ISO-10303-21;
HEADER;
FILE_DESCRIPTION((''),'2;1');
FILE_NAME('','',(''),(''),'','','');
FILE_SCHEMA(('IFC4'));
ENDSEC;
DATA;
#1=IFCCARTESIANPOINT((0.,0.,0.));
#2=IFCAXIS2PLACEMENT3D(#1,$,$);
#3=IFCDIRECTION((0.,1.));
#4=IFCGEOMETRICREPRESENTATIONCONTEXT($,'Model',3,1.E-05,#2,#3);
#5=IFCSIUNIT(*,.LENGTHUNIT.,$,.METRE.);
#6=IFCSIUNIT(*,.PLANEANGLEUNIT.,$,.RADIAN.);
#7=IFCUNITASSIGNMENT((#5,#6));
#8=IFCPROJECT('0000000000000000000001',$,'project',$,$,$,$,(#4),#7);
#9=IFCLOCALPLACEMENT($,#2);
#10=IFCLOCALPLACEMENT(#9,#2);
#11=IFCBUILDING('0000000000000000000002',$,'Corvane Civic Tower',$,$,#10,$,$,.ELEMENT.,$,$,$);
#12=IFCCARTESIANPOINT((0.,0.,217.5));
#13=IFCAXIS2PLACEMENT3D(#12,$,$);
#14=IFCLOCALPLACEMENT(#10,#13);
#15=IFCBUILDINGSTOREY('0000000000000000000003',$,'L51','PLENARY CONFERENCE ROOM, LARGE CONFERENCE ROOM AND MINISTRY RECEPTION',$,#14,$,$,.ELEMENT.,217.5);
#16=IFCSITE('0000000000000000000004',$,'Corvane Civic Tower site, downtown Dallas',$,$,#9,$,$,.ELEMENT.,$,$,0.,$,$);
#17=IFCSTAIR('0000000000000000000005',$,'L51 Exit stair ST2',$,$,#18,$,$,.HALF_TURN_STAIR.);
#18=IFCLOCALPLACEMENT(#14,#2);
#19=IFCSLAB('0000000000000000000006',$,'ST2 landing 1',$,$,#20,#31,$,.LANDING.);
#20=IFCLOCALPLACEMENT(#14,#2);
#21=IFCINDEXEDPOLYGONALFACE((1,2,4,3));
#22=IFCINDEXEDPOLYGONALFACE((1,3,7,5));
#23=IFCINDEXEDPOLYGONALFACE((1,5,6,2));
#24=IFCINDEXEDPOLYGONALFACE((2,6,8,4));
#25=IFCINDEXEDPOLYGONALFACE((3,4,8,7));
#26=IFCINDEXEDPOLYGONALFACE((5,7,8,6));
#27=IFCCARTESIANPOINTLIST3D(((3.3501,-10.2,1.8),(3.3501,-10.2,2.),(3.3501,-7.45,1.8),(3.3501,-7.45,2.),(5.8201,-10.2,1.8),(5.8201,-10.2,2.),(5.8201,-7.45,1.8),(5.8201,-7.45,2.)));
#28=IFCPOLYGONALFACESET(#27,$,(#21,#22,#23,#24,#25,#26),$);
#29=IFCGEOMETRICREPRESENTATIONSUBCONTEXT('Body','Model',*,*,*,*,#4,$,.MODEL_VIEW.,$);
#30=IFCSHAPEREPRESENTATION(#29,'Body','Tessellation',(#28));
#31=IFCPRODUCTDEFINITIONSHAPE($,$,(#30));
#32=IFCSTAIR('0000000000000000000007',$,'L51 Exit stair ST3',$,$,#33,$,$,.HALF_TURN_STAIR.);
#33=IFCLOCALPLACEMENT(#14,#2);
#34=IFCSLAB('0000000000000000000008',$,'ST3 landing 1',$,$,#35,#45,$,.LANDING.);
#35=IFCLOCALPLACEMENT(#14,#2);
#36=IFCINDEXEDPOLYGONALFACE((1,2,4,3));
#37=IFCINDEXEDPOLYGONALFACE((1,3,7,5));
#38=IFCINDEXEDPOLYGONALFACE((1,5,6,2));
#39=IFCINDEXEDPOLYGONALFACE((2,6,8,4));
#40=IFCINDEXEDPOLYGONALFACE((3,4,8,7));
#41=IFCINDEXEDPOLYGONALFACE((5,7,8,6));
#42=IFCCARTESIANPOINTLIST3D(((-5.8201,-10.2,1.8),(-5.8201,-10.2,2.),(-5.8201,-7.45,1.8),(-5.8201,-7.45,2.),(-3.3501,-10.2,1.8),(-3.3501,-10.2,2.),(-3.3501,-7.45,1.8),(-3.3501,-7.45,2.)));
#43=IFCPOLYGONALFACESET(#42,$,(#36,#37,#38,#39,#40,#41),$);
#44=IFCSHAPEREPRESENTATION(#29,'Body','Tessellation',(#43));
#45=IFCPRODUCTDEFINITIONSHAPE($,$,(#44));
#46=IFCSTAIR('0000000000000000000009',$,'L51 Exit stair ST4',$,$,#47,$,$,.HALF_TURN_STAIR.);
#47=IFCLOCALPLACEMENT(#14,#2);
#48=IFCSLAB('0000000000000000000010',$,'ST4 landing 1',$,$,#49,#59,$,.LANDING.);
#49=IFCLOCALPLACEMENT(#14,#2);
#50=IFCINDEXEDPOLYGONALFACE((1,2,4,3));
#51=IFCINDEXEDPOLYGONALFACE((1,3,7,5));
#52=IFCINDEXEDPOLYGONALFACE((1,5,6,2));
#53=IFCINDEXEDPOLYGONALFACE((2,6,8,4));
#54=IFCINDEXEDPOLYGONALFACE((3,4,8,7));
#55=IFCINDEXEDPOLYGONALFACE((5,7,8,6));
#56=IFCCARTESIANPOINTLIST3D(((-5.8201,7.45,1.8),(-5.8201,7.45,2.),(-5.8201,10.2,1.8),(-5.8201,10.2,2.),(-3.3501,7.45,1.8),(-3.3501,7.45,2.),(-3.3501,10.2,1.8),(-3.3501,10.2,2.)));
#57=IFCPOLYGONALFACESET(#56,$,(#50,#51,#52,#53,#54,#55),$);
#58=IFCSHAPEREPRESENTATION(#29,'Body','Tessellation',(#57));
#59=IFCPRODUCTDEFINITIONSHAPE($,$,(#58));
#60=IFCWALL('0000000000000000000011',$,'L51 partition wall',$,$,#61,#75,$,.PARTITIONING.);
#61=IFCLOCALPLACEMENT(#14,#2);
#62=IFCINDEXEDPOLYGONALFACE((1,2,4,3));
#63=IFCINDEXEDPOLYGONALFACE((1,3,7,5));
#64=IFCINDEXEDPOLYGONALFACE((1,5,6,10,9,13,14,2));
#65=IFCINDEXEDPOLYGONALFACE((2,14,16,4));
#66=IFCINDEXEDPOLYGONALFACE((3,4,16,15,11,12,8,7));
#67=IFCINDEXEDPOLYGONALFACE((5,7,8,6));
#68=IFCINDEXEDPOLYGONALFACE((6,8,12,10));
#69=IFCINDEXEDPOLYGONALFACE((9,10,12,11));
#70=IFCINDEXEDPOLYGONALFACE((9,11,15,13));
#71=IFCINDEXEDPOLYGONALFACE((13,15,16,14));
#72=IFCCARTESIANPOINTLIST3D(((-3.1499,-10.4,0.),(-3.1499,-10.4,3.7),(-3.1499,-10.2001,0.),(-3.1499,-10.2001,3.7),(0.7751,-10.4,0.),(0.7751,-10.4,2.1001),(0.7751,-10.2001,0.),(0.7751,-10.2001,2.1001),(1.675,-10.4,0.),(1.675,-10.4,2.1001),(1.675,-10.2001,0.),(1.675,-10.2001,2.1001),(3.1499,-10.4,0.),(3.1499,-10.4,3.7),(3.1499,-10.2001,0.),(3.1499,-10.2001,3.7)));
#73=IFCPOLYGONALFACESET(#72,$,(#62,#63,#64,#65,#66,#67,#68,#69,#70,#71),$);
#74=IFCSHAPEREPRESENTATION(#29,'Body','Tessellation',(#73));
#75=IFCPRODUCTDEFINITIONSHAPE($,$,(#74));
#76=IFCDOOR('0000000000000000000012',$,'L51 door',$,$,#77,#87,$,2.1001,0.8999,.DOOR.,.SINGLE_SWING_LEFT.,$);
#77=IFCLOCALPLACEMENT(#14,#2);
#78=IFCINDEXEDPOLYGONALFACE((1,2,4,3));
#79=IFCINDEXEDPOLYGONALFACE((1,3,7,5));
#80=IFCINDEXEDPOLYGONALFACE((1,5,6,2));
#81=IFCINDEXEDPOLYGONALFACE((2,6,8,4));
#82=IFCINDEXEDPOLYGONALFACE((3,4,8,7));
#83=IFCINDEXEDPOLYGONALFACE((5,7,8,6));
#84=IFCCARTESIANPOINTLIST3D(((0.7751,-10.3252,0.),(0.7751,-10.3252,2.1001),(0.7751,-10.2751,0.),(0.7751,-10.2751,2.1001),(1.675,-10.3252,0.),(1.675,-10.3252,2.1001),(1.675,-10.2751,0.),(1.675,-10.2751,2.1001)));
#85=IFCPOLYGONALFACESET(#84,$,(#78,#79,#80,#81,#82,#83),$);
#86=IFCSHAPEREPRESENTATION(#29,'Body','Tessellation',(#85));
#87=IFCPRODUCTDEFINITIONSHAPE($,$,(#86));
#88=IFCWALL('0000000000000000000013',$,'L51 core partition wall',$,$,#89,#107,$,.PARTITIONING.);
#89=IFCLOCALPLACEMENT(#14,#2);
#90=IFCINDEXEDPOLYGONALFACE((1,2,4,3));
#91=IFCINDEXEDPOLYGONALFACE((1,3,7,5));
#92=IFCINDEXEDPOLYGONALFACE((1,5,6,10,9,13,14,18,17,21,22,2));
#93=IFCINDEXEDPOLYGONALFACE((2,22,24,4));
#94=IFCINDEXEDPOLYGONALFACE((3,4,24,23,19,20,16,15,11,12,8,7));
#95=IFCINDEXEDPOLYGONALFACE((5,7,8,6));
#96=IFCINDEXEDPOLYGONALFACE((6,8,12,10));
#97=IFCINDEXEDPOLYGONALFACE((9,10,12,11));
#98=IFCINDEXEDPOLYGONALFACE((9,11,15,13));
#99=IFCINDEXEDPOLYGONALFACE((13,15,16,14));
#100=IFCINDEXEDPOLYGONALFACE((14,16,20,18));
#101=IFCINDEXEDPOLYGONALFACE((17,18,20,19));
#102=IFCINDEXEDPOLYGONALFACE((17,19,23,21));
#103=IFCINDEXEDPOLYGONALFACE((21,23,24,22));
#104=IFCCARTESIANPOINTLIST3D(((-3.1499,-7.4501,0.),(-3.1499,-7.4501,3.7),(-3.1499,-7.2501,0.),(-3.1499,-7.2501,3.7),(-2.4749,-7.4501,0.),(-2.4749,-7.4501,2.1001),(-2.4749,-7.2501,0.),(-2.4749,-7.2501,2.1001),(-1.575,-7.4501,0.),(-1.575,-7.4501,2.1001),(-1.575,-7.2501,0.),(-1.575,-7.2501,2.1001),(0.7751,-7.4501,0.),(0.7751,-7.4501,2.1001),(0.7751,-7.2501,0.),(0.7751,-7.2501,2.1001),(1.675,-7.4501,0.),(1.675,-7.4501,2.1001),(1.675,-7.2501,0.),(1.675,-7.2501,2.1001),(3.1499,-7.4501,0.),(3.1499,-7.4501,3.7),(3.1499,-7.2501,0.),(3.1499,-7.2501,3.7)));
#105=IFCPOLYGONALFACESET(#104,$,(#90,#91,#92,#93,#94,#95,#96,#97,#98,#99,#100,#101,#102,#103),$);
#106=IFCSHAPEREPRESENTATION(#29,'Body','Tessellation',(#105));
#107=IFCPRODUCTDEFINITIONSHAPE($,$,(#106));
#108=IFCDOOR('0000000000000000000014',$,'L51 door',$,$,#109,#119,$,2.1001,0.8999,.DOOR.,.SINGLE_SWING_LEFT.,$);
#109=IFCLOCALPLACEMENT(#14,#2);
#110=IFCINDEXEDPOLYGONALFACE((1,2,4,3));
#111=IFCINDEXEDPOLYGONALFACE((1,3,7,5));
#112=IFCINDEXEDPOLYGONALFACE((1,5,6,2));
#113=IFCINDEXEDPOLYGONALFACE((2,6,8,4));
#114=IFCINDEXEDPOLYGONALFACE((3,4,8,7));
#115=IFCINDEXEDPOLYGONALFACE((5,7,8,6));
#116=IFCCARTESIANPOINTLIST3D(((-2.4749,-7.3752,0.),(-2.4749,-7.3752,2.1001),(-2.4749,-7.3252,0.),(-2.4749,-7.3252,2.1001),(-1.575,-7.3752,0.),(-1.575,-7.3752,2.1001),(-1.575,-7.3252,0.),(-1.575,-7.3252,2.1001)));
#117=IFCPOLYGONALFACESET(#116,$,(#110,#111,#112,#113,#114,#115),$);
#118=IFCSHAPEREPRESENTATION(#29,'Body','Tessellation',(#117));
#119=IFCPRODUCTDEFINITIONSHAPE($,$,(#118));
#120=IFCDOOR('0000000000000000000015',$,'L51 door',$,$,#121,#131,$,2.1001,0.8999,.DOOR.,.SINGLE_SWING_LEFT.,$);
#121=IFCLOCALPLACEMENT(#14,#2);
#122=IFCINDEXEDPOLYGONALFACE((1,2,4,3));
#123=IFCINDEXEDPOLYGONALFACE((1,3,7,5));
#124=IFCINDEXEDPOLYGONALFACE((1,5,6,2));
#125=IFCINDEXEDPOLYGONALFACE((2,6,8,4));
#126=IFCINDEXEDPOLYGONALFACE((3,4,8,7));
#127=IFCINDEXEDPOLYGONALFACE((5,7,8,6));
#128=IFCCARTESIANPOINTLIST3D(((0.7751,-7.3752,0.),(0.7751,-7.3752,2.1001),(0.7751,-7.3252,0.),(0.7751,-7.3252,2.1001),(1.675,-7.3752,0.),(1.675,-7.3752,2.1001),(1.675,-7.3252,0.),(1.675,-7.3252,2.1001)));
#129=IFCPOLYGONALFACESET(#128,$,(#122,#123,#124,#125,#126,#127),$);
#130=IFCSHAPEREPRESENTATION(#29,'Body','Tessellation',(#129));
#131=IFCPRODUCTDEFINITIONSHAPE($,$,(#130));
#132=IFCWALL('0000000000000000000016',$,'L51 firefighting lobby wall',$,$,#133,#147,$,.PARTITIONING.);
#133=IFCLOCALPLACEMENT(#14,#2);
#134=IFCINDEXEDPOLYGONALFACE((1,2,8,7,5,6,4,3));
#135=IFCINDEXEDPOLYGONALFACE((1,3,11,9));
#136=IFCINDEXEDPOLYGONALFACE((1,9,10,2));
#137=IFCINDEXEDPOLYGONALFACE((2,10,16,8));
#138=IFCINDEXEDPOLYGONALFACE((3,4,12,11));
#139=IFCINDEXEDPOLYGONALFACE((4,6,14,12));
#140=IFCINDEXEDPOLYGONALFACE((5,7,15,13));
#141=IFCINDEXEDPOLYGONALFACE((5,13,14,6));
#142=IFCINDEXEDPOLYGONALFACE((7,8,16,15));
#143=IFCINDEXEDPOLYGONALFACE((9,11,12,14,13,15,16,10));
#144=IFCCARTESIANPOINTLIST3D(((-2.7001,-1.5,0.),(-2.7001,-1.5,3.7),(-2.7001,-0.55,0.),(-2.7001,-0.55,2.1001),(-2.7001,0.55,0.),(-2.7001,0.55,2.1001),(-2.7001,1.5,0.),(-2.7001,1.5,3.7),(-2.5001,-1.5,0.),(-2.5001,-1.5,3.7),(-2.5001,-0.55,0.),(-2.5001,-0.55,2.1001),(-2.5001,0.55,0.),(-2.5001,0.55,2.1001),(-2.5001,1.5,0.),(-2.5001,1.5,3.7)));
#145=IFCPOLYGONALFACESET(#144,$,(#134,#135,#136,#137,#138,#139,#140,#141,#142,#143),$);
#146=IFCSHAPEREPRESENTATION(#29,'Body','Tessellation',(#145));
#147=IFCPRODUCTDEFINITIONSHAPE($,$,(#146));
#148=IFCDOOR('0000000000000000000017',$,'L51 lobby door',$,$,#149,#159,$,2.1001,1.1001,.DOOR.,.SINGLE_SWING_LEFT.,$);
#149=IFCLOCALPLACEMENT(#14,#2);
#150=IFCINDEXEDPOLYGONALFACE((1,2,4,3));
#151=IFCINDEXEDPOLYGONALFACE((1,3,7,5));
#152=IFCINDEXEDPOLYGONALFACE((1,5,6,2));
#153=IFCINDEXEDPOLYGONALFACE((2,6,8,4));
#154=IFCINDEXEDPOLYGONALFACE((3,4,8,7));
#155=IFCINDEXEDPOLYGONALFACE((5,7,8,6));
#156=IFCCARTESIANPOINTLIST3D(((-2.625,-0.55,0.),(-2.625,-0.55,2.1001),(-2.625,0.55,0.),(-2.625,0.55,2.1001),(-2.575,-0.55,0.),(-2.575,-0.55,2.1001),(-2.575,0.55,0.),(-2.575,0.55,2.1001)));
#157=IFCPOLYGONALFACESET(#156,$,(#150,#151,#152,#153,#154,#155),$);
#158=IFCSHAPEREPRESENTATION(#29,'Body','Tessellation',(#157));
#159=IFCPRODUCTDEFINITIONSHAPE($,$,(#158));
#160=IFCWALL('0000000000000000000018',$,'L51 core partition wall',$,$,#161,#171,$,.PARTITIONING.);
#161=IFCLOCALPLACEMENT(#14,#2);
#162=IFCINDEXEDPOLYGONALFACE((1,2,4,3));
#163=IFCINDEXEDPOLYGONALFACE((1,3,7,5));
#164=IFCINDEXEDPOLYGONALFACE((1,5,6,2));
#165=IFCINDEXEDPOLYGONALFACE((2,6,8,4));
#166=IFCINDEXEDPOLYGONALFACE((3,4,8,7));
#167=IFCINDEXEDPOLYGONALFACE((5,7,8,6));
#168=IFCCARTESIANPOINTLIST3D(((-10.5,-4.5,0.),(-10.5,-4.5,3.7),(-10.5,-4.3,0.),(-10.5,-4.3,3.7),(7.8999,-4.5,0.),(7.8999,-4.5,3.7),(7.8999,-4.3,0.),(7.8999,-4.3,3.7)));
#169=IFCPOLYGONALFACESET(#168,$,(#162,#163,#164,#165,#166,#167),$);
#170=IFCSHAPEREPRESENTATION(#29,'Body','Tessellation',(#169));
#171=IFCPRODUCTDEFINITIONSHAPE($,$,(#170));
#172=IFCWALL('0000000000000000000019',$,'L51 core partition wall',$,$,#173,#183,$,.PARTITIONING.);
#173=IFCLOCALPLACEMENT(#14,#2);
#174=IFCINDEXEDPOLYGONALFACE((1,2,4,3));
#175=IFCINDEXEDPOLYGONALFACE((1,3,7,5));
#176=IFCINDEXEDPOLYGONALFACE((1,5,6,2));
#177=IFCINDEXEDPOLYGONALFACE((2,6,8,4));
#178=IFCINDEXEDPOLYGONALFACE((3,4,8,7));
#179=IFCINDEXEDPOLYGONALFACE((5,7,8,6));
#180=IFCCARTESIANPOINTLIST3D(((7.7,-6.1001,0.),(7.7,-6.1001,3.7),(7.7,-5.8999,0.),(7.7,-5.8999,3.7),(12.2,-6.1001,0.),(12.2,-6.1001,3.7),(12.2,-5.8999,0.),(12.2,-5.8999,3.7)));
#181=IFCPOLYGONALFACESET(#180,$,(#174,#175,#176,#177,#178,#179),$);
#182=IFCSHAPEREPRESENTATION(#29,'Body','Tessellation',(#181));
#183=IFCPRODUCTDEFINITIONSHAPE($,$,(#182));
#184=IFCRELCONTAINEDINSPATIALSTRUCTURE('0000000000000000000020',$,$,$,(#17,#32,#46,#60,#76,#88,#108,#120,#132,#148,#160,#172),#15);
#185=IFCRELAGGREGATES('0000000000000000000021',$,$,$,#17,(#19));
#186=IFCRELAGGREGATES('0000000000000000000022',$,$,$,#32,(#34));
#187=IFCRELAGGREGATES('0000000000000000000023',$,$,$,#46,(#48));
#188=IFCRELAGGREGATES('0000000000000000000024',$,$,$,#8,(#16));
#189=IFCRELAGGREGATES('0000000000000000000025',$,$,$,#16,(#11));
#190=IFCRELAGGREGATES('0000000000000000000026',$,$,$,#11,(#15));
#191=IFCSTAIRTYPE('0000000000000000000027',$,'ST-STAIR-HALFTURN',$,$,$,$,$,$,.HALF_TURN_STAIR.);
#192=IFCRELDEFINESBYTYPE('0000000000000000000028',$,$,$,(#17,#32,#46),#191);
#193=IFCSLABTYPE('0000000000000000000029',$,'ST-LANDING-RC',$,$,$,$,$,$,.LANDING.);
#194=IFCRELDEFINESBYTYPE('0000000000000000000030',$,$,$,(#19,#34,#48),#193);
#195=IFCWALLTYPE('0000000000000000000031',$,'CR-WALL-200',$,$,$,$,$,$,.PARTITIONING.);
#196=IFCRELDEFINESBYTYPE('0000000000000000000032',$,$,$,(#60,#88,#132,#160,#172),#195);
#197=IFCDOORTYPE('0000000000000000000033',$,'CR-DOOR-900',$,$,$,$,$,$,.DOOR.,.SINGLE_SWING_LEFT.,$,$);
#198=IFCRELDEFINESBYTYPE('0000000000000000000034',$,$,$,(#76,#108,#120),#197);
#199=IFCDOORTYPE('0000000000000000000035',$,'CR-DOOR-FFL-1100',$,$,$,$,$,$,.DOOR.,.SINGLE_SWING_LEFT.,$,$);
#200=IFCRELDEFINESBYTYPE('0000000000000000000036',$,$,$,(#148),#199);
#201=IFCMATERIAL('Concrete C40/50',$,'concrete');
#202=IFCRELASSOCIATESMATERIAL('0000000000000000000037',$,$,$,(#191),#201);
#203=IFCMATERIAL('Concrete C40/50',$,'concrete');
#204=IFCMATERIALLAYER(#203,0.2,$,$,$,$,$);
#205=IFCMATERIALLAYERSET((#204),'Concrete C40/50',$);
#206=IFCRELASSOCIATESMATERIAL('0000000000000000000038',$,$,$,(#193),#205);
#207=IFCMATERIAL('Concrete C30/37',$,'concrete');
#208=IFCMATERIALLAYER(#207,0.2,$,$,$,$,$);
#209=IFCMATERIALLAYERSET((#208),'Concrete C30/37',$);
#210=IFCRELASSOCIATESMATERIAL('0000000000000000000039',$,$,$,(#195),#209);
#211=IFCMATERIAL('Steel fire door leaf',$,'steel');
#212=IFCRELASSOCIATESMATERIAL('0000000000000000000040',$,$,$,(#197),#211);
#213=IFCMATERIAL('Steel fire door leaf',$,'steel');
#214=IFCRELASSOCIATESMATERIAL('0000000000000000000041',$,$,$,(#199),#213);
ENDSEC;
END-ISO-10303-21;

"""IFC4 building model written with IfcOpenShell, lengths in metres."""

from ifc_helpers import new_model, si_unit, direction, frame, frame_2d, origin, place, context, subcontext, project, spatial, polyline, rectangle, outline, extrude, material, layer, layer_set, type_object, element, fill, aggregate, save


model = new_model("IFC4")

# Units and contexts
model_context = context("Model", 3, precision=1e-05, world=origin(), true_north=direction((0.0, 1.0)))
body_context = subcontext(model_context, "Body", "Model", "MODEL_VIEW")
ifc_project = project(units=[si_unit("LENGTHUNIT", "METRE"), si_unit("PLANEANGLEUNIT", "RADIAN")], contexts=[model_context])

# Site, building, storey
site_placement = place(None, origin())
site = spatial("IfcSite", under=ifc_project, at=site_placement, Name="Corvane Civic Tower site, downtown Dallas", CompositionType="ELEMENT", RefElevation=0.0)
building_placement = place(site_placement, origin())
building = spatial("IfcBuilding", under=site, at=building_placement, Name="Corvane Civic Tower", CompositionType="ELEMENT")
storey_placement = place(building_placement, frame((0.0, 0.0, 217.5)))
storey = spatial("IfcBuildingStorey", under=building, at=storey_placement, Name="L51", Description="PLENARY CONFERENCE ROOM, LARGE CONFERENCE ROOM AND MINISTRY RECEPTION", CompositionType="ELEMENT", Elevation=217.5)

# Stairs, slabs
ifc_material_1 = material(Name="Concrete C40/50", Category="concrete")
stair_type = type_object("IfcStairType", Name="ST-STAIR-HALFTURN", PredefinedType="HALF_TURN_STAIR", material=ifc_material_1)
ifc_material_2 = material(Name="Concrete C40/50", Category="concrete")
ifc_layer_1 = layer(ifc_material_2, 0.2)
ifc_layer_set_1 = layer_set([ifc_layer_1], Name="Concrete C40/50")
slab_type_1 = type_object("IfcSlabType", Name="ST-LANDING-RC", PredefinedType="LANDING", material=ifc_layer_set_1)
stair_1_placement = place(storey_placement, origin())
stair_1 = element("IfcStair", 1, at=stair_1_placement, inside=storey, type_object=stair_type, Name="L51 Exit stair ST2", PredefinedType="HALF_TURN_STAIR")
slab_1_placement = place(storey_placement, frame((0.0, 0.0, 1.8)))
slab_1 = element("IfcSlab", 2, at=slab_1_placement, type_object=slab_type_1, Name="ST2 landing 1", PredefinedType="LANDING", context=body_context, shape_type="SweptSolid", body=[
    extrude(outline(polyline([(5.8201, -7.45), (3.3501, -7.45), (3.3501, -10.2), (5.8201, -10.2), (5.8201, -7.45)])), origin(), (0.0, 0.0, 1.0), 0.2),
])
aggregate(stair_1, [slab_1])
stair_2_placement = place(storey_placement, origin())
stair_2 = element("IfcStair", 3, at=stair_2_placement, inside=storey, type_object=stair_type, Name="L51 Exit stair ST3", PredefinedType="HALF_TURN_STAIR")
slab_2_placement = place(storey_placement, frame((0.0, 0.0, 1.8)))
slab_2 = element("IfcSlab", 4, at=slab_2_placement, type_object=slab_type_1, Name="ST3 landing 1", PredefinedType="LANDING", context=body_context, shape_type="SweptSolid", body=[
    extrude(outline(polyline([(-5.8201, -10.2), (-3.3501, -10.2), (-3.3501, -7.45), (-5.8201, -7.45), (-5.8201, -10.2)])), origin(), (0.0, 0.0, 1.0), 0.2),
])
aggregate(stair_2, [slab_2])
stair_3_placement = place(storey_placement, origin())
stair_3 = element("IfcStair", 5, at=stair_3_placement, inside=storey, type_object=stair_type, Name="L51 Exit stair ST4", PredefinedType="HALF_TURN_STAIR")
slab_3_placement = place(storey_placement, frame((0.0, 0.0, 1.8)))
slab_3 = element("IfcSlab", 6, at=slab_3_placement, type_object=slab_type_1, Name="ST4 landing 1", PredefinedType="LANDING", context=body_context, shape_type="SweptSolid", body=[
    extrude(outline(polyline([(-5.8201, 7.45), (-3.3501, 7.45), (-3.3501, 10.2), (-5.8201, 10.2), (-5.8201, 7.45)])), origin(), (0.0, 0.0, 1.0), 0.2),
])
aggregate(stair_3, [slab_3])

# Wall, opening, door
ifc_material_3 = material(Name="Concrete C30/37", Category="concrete")
ifc_layer_2 = layer(ifc_material_3, 0.2)
ifc_layer_set_2 = layer_set([ifc_layer_2], Name="Concrete C30/37")
wall_type = type_object("IfcWallType", Name="CR-WALL-200", PredefinedType="PARTITIONING", material=ifc_layer_set_2)
wall_1_placement = place(storey_placement, frame((-3.1499, -10.3, 0.0), z_axis=(0.0, 0.0, 1.0), x_axis=(1.0, 0.0, 0.0)))
wall_1 = element("IfcWall", 7, at=wall_1_placement, inside=storey, type_object=wall_type, Name="L51 partition wall", PredefinedType="PARTITIONING", context=body_context, shape_type="SweptSolid", body=[
    extrude(rectangle(XDim=6.2998, YDim=0.2, at=frame_2d((3.1499, 0.0))), origin(), (0.0, 0.0, 1.0), 3.7),
])
opening_1_placement = place(wall_1_placement, frame((3.925, 0.0, 0.0)))
opening_1 = element("IfcOpeningElement", 8, at=opening_1_placement, cuts=wall_1, PredefinedType="OPENING", context=body_context, shape_type="SweptSolid", body=[
    extrude(rectangle(XDim=0.8999, YDim=2.1001, at=frame_2d((0.45, 1.05))), frame((0.0, 0.1099, 0.0), z_axis=(0.0, -1.0, 0.0), x_axis=(1.0, 0.0, 0.0)), (0.0, 0.0, 1.0), 0.22),
])
ifc_material_4 = material(Name="Steel fire door leaf", Category="steel")
door_type_1 = type_object("IfcDoorType", Name="CR-DOOR-900", OperationType="SINGLE_SWING_LEFT", PredefinedType="DOOR", material=ifc_material_4)
door_1_placement = place(opening_1_placement, origin())
door_1 = element("IfcDoor", 9, at=door_1_placement, inside=storey, type_object=door_type_1, Name="L51 door", OperationType="SINGLE_SWING_LEFT", OverallHeight=2.1001, OverallWidth=0.8999, PredefinedType="DOOR", context=body_context, shape_type="SweptSolid", body=[
    extrude(rectangle(XDim=0.8999, YDim=2.1001, at=frame_2d((0.45, 1.05))), frame((0.0, 0.0249, 0.0), z_axis=(0.0, -1.0, 0.0), x_axis=(1.0, 0.0, 0.0)), (0.0, 0.0, 1.0), 0.05),
])
fill(opening_1, door_1)

# Wall, openings, doors
wall_2_placement = place(storey_placement, frame((-3.1499, -7.3501, 0.0), z_axis=(0.0, 0.0, 1.0), x_axis=(1.0, 0.0, 0.0)))
wall_2 = element("IfcWall", 10, at=wall_2_placement, inside=storey, type_object=wall_type, Name="L51 core partition wall", PredefinedType="PARTITIONING", context=body_context, shape_type="SweptSolid", body=[
    extrude(rectangle(XDim=6.2998, YDim=0.2, at=frame_2d((3.1499, 0.0))), origin(), (0.0, 0.0, 1.0), 3.7),
])
opening_2_placement = place(wall_2_placement, frame((0.675, 0.0, 0.0)))
opening_2 = element("IfcOpeningElement", 11, at=opening_2_placement, cuts=wall_2, PredefinedType="OPENING", context=body_context, shape_type="SweptSolid", body=[
    extrude(rectangle(XDim=0.8999, YDim=2.1001, at=frame_2d((0.45, 1.05))), frame((0.0, 0.1099, 0.0), z_axis=(0.0, -1.0, 0.0), x_axis=(1.0, 0.0, 0.0)), (0.0, 0.0, 1.0), 0.22),
])
opening_3_placement = place(wall_2_placement, frame((3.925, 0.0, 0.0)))
opening_3 = element("IfcOpeningElement", 12, at=opening_3_placement, cuts=wall_2, PredefinedType="OPENING", context=body_context, shape_type="SweptSolid", body=[
    extrude(rectangle(XDim=0.8999, YDim=2.1001, at=frame_2d((0.45, 1.05))), frame((0.0, 0.1099, 0.0), z_axis=(0.0, -1.0, 0.0), x_axis=(1.0, 0.0, 0.0)), (0.0, 0.0, 1.0), 0.22),
])
door_2_placement = place(opening_2_placement, origin())
door_2 = element("IfcDoor", 13, at=door_2_placement, inside=storey, type_object=door_type_1, Name="L51 door", OperationType="SINGLE_SWING_LEFT", OverallHeight=2.1001, OverallWidth=0.8999, PredefinedType="DOOR", context=body_context, shape_type="SweptSolid", body=[
    extrude(rectangle(XDim=0.8999, YDim=2.1001, at=frame_2d((0.45, 1.05))), frame((0.0, 0.0249, 0.0), z_axis=(0.0, -1.0, 0.0), x_axis=(1.0, 0.0, 0.0)), (0.0, 0.0, 1.0), 0.05),
])
fill(opening_2, door_2)
door_3_placement = place(opening_3_placement, origin())
door_3 = element("IfcDoor", 14, at=door_3_placement, inside=storey, type_object=door_type_1, Name="L51 door", OperationType="SINGLE_SWING_LEFT", OverallHeight=2.1001, OverallWidth=0.8999, PredefinedType="DOOR", context=body_context, shape_type="SweptSolid", body=[
    extrude(rectangle(XDim=0.8999, YDim=2.1001, at=frame_2d((0.45, 1.05))), frame((0.0, 0.0249, 0.0), z_axis=(0.0, -1.0, 0.0), x_axis=(1.0, 0.0, 0.0)), (0.0, 0.0, 1.0), 0.05),
])
fill(opening_3, door_3)

# Wall, opening, door
wall_3_placement = place(storey_placement, frame((-2.6001, -1.5, 0.0), z_axis=(0.0, 0.0, 1.0), x_axis=(0.0, 1.0, 0.0)))
wall_3 = element("IfcWall", 15, at=wall_3_placement, inside=storey, type_object=wall_type, Name="L51 firefighting lobby wall", PredefinedType="PARTITIONING", context=body_context, shape_type="SweptSolid", body=[
    extrude(rectangle(XDim=3.0, YDim=0.2, at=frame_2d((1.5, 0.0))), origin(), (0.0, 0.0, 1.0), 3.7),
])
opening_4_placement = place(wall_3_placement, frame((0.95, 0.0, 0.0)))
opening_4 = element("IfcOpeningElement", 16, at=opening_4_placement, cuts=wall_3, PredefinedType="OPENING", context=body_context, shape_type="SweptSolid", body=[
    extrude(rectangle(XDim=1.1001, YDim=2.1001, at=frame_2d((0.55, 1.05))), frame((0.0, 0.1099, 0.0), z_axis=(0.0, -1.0, 0.0), x_axis=(1.0, 0.0, 0.0)), (0.0, 0.0, 1.0), 0.22),
])
ifc_material_5 = material(Name="Steel fire door leaf", Category="steel")
door_type_2 = type_object("IfcDoorType", Name="CR-DOOR-FFL-1100", OperationType="SINGLE_SWING_LEFT", PredefinedType="DOOR", material=ifc_material_5)
door_4_placement = place(opening_4_placement, origin())
door_4 = element("IfcDoor", 17, at=door_4_placement, inside=storey, type_object=door_type_2, Name="L51 lobby door", OperationType="SINGLE_SWING_LEFT", OverallHeight=2.1001, OverallWidth=1.1001, PredefinedType="DOOR", context=body_context, shape_type="SweptSolid", body=[
    extrude(rectangle(XDim=1.1001, YDim=2.1001, at=frame_2d((0.55, 1.05))), frame((0.0, 0.0249, 0.0), z_axis=(0.0, -1.0, 0.0), x_axis=(1.0, 0.0, 0.0)), (0.0, 0.0, 1.0), 0.05),
])
fill(opening_4, door_4)

# Walls
wall_4_placement = place(storey_placement, origin())
element("IfcWall", 18, at=wall_4_placement, inside=storey, type_object=wall_type, Name="L51 core partition wall", PredefinedType="PARTITIONING", context=body_context, shape_type="SweptSolid", body=[
    extrude(outline(polyline([(7.8999, -4.3), (7.8999, -4.5), (-10.5, -4.5), (-10.5, -4.3), (7.8999, -4.3)])), origin(), (0.0, 0.0, 1.0), 3.7),
])
wall_5_placement = place(storey_placement, origin())
element("IfcWall", 19, at=wall_5_placement, inside=storey, type_object=wall_type, Name="L51 core partition wall", PredefinedType="PARTITIONING", context=body_context, shape_type="SweptSolid", body=[
    extrude(outline(polyline([(12.2, -6.1001), (7.7, -6.1001), (7.7, -5.8999), (12.2, -5.8999), (12.2, -6.1001)])), origin(), (0.0, 0.0, 1.0), 3.7),
])

save(model, "model.ifc")
